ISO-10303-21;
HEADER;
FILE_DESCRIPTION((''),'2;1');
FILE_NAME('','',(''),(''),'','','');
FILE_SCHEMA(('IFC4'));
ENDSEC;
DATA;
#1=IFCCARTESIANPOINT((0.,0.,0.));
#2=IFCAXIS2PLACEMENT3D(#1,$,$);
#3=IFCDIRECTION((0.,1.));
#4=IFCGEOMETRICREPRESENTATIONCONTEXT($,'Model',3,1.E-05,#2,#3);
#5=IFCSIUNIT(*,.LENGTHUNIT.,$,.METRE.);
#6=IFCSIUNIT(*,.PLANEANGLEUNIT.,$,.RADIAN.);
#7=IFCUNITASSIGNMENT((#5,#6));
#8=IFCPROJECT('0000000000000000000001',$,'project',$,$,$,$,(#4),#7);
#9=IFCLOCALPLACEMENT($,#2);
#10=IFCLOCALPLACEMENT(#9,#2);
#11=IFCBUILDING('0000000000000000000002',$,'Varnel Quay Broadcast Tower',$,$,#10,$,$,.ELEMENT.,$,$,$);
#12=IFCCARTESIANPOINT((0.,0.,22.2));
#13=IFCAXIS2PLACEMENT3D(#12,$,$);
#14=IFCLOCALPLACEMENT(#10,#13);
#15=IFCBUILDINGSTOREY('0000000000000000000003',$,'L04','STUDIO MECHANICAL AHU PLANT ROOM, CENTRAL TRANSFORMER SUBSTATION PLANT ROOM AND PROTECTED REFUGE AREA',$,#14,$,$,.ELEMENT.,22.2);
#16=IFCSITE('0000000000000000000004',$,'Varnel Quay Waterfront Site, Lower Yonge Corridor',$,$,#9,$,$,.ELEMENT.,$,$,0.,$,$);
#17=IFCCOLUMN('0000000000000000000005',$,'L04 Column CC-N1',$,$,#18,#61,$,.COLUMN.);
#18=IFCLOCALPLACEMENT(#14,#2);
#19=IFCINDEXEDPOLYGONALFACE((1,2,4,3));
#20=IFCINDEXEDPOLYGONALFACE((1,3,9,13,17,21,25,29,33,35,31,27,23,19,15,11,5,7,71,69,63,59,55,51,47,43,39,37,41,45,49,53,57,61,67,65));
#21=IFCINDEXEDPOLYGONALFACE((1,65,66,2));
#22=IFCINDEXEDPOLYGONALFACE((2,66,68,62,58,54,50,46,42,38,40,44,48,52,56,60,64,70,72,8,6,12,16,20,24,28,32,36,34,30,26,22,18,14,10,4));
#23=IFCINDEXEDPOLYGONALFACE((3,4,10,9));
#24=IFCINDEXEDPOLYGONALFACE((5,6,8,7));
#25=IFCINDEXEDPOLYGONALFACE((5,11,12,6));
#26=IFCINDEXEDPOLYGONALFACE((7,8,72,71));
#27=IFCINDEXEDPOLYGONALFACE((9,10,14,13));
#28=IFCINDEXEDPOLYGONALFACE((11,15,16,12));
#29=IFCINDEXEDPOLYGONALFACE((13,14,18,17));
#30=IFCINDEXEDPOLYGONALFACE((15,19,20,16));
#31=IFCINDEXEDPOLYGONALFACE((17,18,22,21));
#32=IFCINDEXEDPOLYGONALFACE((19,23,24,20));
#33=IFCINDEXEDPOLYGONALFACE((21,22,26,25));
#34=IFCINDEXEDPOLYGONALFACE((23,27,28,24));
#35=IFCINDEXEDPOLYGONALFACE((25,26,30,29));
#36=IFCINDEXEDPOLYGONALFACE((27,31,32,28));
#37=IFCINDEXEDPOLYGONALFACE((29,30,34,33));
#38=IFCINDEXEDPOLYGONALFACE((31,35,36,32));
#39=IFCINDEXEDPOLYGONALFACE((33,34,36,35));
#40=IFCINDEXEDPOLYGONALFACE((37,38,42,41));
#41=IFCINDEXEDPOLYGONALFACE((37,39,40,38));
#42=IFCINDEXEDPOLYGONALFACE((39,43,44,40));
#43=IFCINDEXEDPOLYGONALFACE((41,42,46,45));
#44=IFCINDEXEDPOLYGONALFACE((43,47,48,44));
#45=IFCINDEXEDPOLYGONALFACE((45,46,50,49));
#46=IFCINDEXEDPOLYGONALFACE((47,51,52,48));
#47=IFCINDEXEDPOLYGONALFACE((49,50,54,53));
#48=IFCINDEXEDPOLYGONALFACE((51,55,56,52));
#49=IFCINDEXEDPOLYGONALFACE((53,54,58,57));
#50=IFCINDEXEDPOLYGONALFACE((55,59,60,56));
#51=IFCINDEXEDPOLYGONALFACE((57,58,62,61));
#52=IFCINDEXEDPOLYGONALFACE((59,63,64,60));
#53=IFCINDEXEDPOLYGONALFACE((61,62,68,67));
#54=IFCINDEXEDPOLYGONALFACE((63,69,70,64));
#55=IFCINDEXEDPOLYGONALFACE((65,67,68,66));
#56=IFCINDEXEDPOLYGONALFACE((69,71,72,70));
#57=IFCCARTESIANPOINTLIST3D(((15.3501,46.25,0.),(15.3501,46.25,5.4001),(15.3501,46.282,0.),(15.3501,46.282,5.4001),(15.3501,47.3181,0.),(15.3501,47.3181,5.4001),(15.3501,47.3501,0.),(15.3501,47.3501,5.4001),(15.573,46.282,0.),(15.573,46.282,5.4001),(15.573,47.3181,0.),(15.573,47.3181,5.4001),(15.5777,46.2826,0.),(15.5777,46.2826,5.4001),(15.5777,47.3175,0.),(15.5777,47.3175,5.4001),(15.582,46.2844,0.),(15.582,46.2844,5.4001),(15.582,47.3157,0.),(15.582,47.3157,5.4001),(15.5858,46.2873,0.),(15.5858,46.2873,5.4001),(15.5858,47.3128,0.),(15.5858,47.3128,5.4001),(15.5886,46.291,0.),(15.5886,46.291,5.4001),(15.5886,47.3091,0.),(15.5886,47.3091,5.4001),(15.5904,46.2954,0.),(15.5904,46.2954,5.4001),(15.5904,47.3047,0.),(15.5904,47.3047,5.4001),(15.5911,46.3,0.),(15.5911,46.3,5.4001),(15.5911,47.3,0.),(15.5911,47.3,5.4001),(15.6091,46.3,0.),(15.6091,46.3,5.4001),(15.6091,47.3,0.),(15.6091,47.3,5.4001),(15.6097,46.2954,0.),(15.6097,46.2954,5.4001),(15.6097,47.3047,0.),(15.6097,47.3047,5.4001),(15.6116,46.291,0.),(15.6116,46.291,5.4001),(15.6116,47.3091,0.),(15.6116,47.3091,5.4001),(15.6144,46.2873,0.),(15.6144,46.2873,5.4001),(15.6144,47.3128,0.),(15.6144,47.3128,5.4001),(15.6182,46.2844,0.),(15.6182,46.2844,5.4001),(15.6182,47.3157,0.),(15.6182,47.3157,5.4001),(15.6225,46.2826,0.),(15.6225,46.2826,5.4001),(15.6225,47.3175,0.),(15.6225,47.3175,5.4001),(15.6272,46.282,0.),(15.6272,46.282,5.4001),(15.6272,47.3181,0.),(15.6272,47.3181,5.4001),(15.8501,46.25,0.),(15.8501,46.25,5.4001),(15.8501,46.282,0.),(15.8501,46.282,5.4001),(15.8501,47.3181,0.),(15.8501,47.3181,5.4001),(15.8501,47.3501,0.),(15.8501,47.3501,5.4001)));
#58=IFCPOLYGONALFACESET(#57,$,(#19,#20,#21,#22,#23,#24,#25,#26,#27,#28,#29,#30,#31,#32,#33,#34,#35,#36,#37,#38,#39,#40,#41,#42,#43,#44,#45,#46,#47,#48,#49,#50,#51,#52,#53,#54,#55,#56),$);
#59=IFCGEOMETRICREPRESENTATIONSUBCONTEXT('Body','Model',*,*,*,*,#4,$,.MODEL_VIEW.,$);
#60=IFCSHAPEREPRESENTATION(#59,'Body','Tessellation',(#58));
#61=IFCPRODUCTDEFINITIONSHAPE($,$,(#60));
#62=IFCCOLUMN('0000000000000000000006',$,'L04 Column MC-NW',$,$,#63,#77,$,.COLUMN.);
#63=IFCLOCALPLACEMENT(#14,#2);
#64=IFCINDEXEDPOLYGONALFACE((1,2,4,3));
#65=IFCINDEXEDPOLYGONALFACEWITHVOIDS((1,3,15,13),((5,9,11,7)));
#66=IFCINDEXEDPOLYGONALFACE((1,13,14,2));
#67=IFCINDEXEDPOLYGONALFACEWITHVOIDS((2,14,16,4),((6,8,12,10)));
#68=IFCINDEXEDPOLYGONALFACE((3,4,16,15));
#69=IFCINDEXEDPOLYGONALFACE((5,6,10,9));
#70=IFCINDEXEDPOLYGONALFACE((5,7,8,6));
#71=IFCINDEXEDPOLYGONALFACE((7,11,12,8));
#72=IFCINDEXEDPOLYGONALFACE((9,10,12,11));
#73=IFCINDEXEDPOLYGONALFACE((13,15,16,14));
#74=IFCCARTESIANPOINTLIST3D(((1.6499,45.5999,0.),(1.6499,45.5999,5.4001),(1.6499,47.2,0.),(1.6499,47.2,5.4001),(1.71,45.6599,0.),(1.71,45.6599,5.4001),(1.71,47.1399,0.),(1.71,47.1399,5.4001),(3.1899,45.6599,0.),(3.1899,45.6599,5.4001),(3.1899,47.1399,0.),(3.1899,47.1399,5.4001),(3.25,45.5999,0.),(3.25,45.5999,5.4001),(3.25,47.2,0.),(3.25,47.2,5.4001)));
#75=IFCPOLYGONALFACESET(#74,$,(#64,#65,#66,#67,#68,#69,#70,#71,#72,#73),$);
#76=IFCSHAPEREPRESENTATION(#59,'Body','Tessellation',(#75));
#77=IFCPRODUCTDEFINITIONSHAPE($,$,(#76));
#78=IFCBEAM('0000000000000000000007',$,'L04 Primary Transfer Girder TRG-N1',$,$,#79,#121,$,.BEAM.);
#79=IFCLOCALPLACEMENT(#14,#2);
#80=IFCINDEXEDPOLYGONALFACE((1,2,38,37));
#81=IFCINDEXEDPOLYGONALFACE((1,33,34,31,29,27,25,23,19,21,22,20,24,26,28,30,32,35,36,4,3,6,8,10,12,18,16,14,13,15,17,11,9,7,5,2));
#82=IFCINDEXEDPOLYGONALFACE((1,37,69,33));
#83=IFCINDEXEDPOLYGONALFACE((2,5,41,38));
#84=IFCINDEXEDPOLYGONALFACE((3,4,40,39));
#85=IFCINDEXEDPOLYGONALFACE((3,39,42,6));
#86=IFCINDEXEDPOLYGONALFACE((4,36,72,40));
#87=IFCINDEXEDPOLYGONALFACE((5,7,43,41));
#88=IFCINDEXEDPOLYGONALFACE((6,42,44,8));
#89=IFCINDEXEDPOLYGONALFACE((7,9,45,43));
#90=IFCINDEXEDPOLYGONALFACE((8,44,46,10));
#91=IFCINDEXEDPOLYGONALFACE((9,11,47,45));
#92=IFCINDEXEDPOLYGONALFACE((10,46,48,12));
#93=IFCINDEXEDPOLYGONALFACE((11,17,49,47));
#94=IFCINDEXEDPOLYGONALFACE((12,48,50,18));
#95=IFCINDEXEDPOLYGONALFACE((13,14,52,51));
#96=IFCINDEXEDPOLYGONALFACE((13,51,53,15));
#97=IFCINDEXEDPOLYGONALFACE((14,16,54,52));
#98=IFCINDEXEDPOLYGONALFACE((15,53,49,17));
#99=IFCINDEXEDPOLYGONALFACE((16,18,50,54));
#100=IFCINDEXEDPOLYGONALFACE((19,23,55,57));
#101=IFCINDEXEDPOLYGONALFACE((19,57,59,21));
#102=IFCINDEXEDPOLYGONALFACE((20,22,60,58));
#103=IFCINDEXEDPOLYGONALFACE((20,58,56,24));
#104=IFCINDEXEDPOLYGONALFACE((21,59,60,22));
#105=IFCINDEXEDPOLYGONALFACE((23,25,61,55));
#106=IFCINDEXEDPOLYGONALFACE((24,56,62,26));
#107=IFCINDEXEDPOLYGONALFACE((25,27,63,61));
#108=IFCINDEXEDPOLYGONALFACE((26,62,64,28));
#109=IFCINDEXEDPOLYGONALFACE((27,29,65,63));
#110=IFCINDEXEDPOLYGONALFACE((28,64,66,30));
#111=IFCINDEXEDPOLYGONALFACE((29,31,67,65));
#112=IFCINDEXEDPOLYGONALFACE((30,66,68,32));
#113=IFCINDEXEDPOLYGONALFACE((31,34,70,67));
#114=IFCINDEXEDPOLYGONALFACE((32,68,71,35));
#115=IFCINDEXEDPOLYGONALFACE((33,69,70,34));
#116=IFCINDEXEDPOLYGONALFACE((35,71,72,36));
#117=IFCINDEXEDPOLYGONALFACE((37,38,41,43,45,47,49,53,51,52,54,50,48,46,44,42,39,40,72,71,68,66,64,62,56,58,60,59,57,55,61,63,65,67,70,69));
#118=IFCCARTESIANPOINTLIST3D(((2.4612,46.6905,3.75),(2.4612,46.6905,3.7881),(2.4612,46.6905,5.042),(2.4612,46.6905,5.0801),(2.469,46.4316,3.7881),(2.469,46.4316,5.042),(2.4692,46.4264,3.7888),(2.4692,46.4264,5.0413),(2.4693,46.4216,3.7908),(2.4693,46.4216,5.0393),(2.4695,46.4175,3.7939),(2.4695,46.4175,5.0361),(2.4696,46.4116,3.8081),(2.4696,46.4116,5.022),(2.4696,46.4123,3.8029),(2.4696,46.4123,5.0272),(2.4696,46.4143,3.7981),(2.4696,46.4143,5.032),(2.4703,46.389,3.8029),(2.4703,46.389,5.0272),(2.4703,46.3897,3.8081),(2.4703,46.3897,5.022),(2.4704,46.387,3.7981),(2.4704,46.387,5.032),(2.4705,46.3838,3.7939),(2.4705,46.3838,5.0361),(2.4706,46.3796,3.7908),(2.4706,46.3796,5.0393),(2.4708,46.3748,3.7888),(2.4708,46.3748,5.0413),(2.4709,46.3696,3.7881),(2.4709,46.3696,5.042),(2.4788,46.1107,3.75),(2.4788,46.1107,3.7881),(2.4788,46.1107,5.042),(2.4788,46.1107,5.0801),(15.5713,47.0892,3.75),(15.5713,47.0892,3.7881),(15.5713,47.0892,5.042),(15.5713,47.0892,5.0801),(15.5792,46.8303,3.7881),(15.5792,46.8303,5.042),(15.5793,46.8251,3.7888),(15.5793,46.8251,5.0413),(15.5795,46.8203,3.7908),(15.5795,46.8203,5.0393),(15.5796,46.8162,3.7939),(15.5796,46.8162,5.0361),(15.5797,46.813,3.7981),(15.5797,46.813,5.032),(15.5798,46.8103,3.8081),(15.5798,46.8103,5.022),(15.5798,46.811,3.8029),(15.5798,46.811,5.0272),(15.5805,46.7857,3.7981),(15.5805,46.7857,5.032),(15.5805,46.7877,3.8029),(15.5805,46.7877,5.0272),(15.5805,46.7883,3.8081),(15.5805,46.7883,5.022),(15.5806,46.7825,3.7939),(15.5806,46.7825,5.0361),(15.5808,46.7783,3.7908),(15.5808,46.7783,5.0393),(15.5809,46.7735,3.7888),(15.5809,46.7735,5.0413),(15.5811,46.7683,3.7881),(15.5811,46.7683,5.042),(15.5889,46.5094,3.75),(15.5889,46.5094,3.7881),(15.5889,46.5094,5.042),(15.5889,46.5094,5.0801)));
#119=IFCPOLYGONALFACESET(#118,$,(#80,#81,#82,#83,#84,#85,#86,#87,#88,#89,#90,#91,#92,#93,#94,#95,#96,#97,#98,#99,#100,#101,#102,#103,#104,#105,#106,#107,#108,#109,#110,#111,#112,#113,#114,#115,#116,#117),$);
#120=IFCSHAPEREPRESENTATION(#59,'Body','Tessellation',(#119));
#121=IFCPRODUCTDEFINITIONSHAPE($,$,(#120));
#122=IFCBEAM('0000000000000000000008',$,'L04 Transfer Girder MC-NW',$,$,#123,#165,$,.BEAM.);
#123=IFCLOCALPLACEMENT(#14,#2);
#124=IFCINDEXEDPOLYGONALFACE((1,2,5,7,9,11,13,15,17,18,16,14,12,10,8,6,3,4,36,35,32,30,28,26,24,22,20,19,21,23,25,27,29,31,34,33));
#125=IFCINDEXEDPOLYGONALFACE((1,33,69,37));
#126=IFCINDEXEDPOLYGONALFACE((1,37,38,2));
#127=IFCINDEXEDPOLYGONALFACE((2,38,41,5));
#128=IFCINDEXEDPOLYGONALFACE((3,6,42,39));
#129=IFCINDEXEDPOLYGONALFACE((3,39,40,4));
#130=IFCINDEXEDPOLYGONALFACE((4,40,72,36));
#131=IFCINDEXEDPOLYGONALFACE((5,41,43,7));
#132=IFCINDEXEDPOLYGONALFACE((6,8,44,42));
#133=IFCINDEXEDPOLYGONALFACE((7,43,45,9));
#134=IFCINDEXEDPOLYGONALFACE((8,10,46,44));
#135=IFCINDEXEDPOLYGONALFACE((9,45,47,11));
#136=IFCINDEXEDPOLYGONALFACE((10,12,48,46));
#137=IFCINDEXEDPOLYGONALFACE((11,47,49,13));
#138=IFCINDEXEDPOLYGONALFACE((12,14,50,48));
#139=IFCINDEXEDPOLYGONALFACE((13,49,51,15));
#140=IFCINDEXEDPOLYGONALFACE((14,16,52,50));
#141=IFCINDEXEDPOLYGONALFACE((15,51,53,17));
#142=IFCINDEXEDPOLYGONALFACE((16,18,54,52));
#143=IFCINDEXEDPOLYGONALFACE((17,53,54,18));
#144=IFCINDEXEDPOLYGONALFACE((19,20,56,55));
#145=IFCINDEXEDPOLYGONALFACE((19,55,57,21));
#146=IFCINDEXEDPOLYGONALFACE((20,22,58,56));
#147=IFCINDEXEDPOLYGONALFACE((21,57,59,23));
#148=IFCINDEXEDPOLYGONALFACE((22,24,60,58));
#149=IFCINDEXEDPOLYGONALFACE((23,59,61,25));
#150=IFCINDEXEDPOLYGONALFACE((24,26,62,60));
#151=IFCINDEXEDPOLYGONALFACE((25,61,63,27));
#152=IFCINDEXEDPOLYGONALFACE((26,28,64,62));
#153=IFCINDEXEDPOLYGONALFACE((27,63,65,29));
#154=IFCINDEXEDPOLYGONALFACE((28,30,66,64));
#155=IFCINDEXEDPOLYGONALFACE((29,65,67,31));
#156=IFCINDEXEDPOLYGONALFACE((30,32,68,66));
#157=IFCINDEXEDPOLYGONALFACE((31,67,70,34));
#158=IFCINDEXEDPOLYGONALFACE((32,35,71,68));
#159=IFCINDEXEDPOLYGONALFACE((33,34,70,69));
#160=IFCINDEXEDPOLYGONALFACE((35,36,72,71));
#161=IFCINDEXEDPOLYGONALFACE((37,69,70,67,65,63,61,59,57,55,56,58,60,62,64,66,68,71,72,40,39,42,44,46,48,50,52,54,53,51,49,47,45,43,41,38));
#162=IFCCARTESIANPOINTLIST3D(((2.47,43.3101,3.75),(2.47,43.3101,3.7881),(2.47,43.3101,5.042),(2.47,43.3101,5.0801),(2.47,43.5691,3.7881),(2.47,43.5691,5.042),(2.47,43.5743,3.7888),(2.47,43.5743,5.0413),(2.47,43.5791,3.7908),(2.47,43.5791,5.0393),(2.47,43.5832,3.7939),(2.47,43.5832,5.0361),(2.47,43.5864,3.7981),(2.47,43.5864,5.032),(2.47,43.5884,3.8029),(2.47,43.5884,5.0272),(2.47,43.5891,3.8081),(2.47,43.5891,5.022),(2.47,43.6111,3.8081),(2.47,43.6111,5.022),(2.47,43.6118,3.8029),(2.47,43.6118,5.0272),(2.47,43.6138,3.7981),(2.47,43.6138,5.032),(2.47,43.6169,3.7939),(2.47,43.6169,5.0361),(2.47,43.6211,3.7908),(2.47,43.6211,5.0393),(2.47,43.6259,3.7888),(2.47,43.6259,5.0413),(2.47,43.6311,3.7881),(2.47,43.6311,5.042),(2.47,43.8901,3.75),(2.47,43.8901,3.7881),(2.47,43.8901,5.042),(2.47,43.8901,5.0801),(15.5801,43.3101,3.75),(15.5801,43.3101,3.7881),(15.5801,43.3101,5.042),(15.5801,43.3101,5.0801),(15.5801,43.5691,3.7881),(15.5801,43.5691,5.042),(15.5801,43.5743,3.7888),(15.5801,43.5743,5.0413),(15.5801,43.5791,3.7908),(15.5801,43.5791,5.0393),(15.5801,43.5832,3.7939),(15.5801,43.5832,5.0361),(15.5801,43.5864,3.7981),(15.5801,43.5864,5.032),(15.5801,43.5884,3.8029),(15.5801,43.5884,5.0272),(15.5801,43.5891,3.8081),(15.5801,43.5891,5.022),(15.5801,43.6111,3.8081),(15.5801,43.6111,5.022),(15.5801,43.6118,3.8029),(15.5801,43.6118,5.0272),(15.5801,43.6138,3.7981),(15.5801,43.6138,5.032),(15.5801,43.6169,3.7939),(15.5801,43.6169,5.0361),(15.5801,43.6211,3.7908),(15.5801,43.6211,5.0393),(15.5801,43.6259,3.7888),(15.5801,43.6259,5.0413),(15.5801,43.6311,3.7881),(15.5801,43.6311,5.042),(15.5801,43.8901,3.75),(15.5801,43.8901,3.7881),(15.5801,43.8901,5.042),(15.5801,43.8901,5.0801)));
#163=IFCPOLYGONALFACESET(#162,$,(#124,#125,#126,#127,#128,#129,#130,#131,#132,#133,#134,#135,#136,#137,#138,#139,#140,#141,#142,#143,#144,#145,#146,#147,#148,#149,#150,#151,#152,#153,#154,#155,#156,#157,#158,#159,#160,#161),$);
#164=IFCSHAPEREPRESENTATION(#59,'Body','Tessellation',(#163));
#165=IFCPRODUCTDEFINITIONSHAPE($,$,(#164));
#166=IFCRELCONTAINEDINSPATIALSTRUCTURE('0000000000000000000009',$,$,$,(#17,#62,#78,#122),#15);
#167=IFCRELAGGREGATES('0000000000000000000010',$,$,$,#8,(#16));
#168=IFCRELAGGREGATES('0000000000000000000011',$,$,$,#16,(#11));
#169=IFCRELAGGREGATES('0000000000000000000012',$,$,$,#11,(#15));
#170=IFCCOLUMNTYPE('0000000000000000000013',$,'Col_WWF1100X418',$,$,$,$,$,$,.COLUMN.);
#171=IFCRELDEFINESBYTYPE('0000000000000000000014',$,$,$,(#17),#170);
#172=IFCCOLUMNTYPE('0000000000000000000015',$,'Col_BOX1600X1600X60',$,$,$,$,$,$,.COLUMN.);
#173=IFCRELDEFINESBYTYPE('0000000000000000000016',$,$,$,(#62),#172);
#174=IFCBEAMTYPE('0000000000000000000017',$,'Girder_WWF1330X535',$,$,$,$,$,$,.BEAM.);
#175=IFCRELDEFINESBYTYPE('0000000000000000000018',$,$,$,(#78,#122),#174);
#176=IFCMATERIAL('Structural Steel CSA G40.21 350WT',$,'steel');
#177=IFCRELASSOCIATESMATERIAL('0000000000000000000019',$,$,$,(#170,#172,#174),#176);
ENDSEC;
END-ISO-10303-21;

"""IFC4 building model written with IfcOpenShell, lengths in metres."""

from ifc_helpers import new_model, si_unit, direction, frame, origin, origin_2d, place, context, subcontext, project, spatial, hollow_rectangle, i_section, extrude, source, transform, mapped, material, material_profile, profile_set, type_object, type_shapes, element, save


model = new_model("IFC4")

# Units and contexts
model_context = context("Model", 3, precision=1e-05, world=origin(), true_north=direction((0.0, 1.0)))
body_context = subcontext(model_context, "Body", "Model", "MODEL_VIEW")
ifc_project = project(units=[si_unit("LENGTHUNIT", "METRE"), si_unit("PLANEANGLEUNIT", "RADIAN")], contexts=[model_context])

# Site, building, storey
site_placement = place(None, origin())
site = spatial("IfcSite", under=ifc_project, at=site_placement, Name="Varnel Quay Waterfront Site, Lower Yonge Corridor", CompositionType="ELEMENT", RefElevation=0.0)
building_placement = place(site_placement, origin())
building = spatial("IfcBuilding", under=site, at=building_placement, Name="Varnel Quay Broadcast Tower", CompositionType="ELEMENT")
storey_placement = place(building_placement, frame((0.0, 0.0, 22.2)))
storey = spatial("IfcBuildingStorey", under=building, at=storey_placement, Name="L04", Description="STUDIO MECHANICAL AHU PLANT ROOM, CENTRAL TRANSFORMER SUBSTATION PLANT ROOM AND PROTECTED REFUGE AREA", CompositionType="ELEMENT", Elevation=22.2)

# Columns
ifc_material_1 = material(Name="Structural Steel CSA G40.21 350WT", Category="steel")
ifc_material_profile_1 = material_profile(ifc_material_1, i_section(OverallWidth=0.5, OverallDepth=1.1001, WebThickness=0.0181, FlangeThickness=0.032, FilletRadius=0.0181, at=origin_2d()), Name="WWF1100X418")
ifc_profile_set_1 = profile_set([ifc_material_profile_1], Name="Structural Steel CSA G40.21 350WT")
column_type_1 = type_object("IfcColumnType", Name="Col_WWF1100X418", PredefinedType="COLUMN", material=ifc_profile_set_1)
shared_shape_1 = source(origin(), body_context, "Body", "SweptSolid", [
    extrude(i_section(OverallWidth=0.5, OverallDepth=1.1001, WebThickness=0.0181, FlangeThickness=0.032, FilletRadius=0.0181, at=origin_2d()), origin(), (0.0, 0.0, 1.0), 5.4001),
])
type_shapes(column_type_1, [shared_shape_1])
column_1_placement = place(storey_placement, frame((15.6001, 46.8, 0.0), z_axis=(0.0, 0.0, 1.0), x_axis=(1.0, 0.0, 0.0)))
element("IfcColumn", 1, at=column_1_placement, inside=storey, type_object=column_type_1, Name="L04 Column CC-N1", PredefinedType="COLUMN", context=body_context, shape_type="MappedRepresentation", body=[
    mapped(shared_shape_1, transform((0.0, 0.0, 0.0), x_axis=(1.0, 0.0, 0.0), y_axis=(0.0, 1.0, 0.0), z_axis=(0.0, 0.0, 1.0), scale=1.0)),
])
ifc_material_profile_2 = material_profile(ifc_material_1, hollow_rectangle(XDim=1.6001, YDim=1.6001, WallThickness=0.0601, at=origin_2d()), Name="BOX1600X1600X60")
ifc_profile_set_2 = profile_set([ifc_material_profile_2], Name="Structural Steel CSA G40.21 350WT")
column_type_2 = type_object("IfcColumnType", Name="Col_BOX1600X1600X60", PredefinedType="COLUMN", material=ifc_profile_set_2)
shared_shape_2 = source(origin(), body_context, "Body", "SweptSolid", [
    extrude(hollow_rectangle(XDim=1.6001, YDim=1.6001, WallThickness=0.0601, at=origin_2d()), origin(), (0.0, 0.0, 1.0), 5.4001),
])
type_shapes(column_type_2, [shared_shape_2])
column_2_placement = place(storey_placement, frame((2.45, 46.3999, 0.0), z_axis=(0.0, 0.0, 1.0), x_axis=(1.0, 0.0, 0.0)))
element("IfcColumn", 2, at=column_2_placement, inside=storey, type_object=column_type_2, Name="L04 Column MC-NW", PredefinedType="COLUMN", context=body_context, shape_type="MappedRepresentation", body=[
    mapped(shared_shape_2, transform((0.0, 0.0, 0.0), x_axis=(1.0, 0.0, 0.0), y_axis=(0.0, 1.0, 0.0), z_axis=(0.0, 0.0, 1.0), scale=1.0)),
])

# Beams
ifc_material_profile_3 = material_profile(ifc_material_1, i_section(OverallWidth=0.5801, OverallDepth=1.3301, WebThickness=0.022, FlangeThickness=0.0381, FilletRadius=0.02, at=origin_2d()), Name="WWF1330X535")
ifc_profile_set_3 = profile_set([ifc_material_profile_3], Name="Structural Steel CSA G40.21 350WT")
beam_type = type_object("IfcBeamType", Name="Girder_WWF1330X535", PredefinedType="BEAM", material=ifc_profile_set_3)
shared_shape_3 = source(origin(), body_context, "Body", "SweptSolid", [
    extrude(i_section(OverallWidth=0.5801, OverallDepth=1.3301, WebThickness=0.022, FlangeThickness=0.0381, FilletRadius=0.02, at=origin_2d()), origin(), (0.0, 0.0, 1.0), 13.1162),
])
beam_1_placement = place(storey_placement, frame((2.47, 46.4006, 4.415), z_axis=(0.999538, 0.030396, 0.0), x_axis=(-0.030396, 0.999538, 0.0)))
element("IfcBeam", 3, at=beam_1_placement, inside=storey, type_object=beam_type, Name="L04 Primary Transfer Girder TRG-N1", PredefinedType="BEAM", context=body_context, shape_type="MappedRepresentation", body=[
    mapped(shared_shape_3, transform((0.0, 0.0, 0.0), x_axis=(1.0, 0.0, 0.0), y_axis=(0.0, 1.0, 0.0), z_axis=(0.0, 0.0, 1.0), scale=1.0)),
])
shared_shape_4 = source(origin(), body_context, "Body", "SweptSolid", [
    extrude(i_section(OverallWidth=0.5801, OverallDepth=1.3301, WebThickness=0.022, FlangeThickness=0.0381, FilletRadius=0.02, at=origin_2d()), origin(), (0.0, 0.0, 1.0), 13.1101),
])
beam_2_placement = place(storey_placement, frame((2.47, 43.6001, 4.415), z_axis=(1.0, 0.0, 0.0), x_axis=(0.0, 1.0, 0.0)))
element("IfcBeam", 4, at=beam_2_placement, inside=storey, type_object=beam_type, Name="L04 Transfer Girder MC-NW", PredefinedType="BEAM", context=body_context, shape_type="MappedRepresentation", body=[
    mapped(shared_shape_4, transform((0.0, 0.0, 0.0), x_axis=(1.0, 0.0, 0.0), y_axis=(0.0, 1.0, 0.0), z_axis=(0.0, 0.0, 1.0), scale=1.0)),
])

save(model, "model.ifc")
